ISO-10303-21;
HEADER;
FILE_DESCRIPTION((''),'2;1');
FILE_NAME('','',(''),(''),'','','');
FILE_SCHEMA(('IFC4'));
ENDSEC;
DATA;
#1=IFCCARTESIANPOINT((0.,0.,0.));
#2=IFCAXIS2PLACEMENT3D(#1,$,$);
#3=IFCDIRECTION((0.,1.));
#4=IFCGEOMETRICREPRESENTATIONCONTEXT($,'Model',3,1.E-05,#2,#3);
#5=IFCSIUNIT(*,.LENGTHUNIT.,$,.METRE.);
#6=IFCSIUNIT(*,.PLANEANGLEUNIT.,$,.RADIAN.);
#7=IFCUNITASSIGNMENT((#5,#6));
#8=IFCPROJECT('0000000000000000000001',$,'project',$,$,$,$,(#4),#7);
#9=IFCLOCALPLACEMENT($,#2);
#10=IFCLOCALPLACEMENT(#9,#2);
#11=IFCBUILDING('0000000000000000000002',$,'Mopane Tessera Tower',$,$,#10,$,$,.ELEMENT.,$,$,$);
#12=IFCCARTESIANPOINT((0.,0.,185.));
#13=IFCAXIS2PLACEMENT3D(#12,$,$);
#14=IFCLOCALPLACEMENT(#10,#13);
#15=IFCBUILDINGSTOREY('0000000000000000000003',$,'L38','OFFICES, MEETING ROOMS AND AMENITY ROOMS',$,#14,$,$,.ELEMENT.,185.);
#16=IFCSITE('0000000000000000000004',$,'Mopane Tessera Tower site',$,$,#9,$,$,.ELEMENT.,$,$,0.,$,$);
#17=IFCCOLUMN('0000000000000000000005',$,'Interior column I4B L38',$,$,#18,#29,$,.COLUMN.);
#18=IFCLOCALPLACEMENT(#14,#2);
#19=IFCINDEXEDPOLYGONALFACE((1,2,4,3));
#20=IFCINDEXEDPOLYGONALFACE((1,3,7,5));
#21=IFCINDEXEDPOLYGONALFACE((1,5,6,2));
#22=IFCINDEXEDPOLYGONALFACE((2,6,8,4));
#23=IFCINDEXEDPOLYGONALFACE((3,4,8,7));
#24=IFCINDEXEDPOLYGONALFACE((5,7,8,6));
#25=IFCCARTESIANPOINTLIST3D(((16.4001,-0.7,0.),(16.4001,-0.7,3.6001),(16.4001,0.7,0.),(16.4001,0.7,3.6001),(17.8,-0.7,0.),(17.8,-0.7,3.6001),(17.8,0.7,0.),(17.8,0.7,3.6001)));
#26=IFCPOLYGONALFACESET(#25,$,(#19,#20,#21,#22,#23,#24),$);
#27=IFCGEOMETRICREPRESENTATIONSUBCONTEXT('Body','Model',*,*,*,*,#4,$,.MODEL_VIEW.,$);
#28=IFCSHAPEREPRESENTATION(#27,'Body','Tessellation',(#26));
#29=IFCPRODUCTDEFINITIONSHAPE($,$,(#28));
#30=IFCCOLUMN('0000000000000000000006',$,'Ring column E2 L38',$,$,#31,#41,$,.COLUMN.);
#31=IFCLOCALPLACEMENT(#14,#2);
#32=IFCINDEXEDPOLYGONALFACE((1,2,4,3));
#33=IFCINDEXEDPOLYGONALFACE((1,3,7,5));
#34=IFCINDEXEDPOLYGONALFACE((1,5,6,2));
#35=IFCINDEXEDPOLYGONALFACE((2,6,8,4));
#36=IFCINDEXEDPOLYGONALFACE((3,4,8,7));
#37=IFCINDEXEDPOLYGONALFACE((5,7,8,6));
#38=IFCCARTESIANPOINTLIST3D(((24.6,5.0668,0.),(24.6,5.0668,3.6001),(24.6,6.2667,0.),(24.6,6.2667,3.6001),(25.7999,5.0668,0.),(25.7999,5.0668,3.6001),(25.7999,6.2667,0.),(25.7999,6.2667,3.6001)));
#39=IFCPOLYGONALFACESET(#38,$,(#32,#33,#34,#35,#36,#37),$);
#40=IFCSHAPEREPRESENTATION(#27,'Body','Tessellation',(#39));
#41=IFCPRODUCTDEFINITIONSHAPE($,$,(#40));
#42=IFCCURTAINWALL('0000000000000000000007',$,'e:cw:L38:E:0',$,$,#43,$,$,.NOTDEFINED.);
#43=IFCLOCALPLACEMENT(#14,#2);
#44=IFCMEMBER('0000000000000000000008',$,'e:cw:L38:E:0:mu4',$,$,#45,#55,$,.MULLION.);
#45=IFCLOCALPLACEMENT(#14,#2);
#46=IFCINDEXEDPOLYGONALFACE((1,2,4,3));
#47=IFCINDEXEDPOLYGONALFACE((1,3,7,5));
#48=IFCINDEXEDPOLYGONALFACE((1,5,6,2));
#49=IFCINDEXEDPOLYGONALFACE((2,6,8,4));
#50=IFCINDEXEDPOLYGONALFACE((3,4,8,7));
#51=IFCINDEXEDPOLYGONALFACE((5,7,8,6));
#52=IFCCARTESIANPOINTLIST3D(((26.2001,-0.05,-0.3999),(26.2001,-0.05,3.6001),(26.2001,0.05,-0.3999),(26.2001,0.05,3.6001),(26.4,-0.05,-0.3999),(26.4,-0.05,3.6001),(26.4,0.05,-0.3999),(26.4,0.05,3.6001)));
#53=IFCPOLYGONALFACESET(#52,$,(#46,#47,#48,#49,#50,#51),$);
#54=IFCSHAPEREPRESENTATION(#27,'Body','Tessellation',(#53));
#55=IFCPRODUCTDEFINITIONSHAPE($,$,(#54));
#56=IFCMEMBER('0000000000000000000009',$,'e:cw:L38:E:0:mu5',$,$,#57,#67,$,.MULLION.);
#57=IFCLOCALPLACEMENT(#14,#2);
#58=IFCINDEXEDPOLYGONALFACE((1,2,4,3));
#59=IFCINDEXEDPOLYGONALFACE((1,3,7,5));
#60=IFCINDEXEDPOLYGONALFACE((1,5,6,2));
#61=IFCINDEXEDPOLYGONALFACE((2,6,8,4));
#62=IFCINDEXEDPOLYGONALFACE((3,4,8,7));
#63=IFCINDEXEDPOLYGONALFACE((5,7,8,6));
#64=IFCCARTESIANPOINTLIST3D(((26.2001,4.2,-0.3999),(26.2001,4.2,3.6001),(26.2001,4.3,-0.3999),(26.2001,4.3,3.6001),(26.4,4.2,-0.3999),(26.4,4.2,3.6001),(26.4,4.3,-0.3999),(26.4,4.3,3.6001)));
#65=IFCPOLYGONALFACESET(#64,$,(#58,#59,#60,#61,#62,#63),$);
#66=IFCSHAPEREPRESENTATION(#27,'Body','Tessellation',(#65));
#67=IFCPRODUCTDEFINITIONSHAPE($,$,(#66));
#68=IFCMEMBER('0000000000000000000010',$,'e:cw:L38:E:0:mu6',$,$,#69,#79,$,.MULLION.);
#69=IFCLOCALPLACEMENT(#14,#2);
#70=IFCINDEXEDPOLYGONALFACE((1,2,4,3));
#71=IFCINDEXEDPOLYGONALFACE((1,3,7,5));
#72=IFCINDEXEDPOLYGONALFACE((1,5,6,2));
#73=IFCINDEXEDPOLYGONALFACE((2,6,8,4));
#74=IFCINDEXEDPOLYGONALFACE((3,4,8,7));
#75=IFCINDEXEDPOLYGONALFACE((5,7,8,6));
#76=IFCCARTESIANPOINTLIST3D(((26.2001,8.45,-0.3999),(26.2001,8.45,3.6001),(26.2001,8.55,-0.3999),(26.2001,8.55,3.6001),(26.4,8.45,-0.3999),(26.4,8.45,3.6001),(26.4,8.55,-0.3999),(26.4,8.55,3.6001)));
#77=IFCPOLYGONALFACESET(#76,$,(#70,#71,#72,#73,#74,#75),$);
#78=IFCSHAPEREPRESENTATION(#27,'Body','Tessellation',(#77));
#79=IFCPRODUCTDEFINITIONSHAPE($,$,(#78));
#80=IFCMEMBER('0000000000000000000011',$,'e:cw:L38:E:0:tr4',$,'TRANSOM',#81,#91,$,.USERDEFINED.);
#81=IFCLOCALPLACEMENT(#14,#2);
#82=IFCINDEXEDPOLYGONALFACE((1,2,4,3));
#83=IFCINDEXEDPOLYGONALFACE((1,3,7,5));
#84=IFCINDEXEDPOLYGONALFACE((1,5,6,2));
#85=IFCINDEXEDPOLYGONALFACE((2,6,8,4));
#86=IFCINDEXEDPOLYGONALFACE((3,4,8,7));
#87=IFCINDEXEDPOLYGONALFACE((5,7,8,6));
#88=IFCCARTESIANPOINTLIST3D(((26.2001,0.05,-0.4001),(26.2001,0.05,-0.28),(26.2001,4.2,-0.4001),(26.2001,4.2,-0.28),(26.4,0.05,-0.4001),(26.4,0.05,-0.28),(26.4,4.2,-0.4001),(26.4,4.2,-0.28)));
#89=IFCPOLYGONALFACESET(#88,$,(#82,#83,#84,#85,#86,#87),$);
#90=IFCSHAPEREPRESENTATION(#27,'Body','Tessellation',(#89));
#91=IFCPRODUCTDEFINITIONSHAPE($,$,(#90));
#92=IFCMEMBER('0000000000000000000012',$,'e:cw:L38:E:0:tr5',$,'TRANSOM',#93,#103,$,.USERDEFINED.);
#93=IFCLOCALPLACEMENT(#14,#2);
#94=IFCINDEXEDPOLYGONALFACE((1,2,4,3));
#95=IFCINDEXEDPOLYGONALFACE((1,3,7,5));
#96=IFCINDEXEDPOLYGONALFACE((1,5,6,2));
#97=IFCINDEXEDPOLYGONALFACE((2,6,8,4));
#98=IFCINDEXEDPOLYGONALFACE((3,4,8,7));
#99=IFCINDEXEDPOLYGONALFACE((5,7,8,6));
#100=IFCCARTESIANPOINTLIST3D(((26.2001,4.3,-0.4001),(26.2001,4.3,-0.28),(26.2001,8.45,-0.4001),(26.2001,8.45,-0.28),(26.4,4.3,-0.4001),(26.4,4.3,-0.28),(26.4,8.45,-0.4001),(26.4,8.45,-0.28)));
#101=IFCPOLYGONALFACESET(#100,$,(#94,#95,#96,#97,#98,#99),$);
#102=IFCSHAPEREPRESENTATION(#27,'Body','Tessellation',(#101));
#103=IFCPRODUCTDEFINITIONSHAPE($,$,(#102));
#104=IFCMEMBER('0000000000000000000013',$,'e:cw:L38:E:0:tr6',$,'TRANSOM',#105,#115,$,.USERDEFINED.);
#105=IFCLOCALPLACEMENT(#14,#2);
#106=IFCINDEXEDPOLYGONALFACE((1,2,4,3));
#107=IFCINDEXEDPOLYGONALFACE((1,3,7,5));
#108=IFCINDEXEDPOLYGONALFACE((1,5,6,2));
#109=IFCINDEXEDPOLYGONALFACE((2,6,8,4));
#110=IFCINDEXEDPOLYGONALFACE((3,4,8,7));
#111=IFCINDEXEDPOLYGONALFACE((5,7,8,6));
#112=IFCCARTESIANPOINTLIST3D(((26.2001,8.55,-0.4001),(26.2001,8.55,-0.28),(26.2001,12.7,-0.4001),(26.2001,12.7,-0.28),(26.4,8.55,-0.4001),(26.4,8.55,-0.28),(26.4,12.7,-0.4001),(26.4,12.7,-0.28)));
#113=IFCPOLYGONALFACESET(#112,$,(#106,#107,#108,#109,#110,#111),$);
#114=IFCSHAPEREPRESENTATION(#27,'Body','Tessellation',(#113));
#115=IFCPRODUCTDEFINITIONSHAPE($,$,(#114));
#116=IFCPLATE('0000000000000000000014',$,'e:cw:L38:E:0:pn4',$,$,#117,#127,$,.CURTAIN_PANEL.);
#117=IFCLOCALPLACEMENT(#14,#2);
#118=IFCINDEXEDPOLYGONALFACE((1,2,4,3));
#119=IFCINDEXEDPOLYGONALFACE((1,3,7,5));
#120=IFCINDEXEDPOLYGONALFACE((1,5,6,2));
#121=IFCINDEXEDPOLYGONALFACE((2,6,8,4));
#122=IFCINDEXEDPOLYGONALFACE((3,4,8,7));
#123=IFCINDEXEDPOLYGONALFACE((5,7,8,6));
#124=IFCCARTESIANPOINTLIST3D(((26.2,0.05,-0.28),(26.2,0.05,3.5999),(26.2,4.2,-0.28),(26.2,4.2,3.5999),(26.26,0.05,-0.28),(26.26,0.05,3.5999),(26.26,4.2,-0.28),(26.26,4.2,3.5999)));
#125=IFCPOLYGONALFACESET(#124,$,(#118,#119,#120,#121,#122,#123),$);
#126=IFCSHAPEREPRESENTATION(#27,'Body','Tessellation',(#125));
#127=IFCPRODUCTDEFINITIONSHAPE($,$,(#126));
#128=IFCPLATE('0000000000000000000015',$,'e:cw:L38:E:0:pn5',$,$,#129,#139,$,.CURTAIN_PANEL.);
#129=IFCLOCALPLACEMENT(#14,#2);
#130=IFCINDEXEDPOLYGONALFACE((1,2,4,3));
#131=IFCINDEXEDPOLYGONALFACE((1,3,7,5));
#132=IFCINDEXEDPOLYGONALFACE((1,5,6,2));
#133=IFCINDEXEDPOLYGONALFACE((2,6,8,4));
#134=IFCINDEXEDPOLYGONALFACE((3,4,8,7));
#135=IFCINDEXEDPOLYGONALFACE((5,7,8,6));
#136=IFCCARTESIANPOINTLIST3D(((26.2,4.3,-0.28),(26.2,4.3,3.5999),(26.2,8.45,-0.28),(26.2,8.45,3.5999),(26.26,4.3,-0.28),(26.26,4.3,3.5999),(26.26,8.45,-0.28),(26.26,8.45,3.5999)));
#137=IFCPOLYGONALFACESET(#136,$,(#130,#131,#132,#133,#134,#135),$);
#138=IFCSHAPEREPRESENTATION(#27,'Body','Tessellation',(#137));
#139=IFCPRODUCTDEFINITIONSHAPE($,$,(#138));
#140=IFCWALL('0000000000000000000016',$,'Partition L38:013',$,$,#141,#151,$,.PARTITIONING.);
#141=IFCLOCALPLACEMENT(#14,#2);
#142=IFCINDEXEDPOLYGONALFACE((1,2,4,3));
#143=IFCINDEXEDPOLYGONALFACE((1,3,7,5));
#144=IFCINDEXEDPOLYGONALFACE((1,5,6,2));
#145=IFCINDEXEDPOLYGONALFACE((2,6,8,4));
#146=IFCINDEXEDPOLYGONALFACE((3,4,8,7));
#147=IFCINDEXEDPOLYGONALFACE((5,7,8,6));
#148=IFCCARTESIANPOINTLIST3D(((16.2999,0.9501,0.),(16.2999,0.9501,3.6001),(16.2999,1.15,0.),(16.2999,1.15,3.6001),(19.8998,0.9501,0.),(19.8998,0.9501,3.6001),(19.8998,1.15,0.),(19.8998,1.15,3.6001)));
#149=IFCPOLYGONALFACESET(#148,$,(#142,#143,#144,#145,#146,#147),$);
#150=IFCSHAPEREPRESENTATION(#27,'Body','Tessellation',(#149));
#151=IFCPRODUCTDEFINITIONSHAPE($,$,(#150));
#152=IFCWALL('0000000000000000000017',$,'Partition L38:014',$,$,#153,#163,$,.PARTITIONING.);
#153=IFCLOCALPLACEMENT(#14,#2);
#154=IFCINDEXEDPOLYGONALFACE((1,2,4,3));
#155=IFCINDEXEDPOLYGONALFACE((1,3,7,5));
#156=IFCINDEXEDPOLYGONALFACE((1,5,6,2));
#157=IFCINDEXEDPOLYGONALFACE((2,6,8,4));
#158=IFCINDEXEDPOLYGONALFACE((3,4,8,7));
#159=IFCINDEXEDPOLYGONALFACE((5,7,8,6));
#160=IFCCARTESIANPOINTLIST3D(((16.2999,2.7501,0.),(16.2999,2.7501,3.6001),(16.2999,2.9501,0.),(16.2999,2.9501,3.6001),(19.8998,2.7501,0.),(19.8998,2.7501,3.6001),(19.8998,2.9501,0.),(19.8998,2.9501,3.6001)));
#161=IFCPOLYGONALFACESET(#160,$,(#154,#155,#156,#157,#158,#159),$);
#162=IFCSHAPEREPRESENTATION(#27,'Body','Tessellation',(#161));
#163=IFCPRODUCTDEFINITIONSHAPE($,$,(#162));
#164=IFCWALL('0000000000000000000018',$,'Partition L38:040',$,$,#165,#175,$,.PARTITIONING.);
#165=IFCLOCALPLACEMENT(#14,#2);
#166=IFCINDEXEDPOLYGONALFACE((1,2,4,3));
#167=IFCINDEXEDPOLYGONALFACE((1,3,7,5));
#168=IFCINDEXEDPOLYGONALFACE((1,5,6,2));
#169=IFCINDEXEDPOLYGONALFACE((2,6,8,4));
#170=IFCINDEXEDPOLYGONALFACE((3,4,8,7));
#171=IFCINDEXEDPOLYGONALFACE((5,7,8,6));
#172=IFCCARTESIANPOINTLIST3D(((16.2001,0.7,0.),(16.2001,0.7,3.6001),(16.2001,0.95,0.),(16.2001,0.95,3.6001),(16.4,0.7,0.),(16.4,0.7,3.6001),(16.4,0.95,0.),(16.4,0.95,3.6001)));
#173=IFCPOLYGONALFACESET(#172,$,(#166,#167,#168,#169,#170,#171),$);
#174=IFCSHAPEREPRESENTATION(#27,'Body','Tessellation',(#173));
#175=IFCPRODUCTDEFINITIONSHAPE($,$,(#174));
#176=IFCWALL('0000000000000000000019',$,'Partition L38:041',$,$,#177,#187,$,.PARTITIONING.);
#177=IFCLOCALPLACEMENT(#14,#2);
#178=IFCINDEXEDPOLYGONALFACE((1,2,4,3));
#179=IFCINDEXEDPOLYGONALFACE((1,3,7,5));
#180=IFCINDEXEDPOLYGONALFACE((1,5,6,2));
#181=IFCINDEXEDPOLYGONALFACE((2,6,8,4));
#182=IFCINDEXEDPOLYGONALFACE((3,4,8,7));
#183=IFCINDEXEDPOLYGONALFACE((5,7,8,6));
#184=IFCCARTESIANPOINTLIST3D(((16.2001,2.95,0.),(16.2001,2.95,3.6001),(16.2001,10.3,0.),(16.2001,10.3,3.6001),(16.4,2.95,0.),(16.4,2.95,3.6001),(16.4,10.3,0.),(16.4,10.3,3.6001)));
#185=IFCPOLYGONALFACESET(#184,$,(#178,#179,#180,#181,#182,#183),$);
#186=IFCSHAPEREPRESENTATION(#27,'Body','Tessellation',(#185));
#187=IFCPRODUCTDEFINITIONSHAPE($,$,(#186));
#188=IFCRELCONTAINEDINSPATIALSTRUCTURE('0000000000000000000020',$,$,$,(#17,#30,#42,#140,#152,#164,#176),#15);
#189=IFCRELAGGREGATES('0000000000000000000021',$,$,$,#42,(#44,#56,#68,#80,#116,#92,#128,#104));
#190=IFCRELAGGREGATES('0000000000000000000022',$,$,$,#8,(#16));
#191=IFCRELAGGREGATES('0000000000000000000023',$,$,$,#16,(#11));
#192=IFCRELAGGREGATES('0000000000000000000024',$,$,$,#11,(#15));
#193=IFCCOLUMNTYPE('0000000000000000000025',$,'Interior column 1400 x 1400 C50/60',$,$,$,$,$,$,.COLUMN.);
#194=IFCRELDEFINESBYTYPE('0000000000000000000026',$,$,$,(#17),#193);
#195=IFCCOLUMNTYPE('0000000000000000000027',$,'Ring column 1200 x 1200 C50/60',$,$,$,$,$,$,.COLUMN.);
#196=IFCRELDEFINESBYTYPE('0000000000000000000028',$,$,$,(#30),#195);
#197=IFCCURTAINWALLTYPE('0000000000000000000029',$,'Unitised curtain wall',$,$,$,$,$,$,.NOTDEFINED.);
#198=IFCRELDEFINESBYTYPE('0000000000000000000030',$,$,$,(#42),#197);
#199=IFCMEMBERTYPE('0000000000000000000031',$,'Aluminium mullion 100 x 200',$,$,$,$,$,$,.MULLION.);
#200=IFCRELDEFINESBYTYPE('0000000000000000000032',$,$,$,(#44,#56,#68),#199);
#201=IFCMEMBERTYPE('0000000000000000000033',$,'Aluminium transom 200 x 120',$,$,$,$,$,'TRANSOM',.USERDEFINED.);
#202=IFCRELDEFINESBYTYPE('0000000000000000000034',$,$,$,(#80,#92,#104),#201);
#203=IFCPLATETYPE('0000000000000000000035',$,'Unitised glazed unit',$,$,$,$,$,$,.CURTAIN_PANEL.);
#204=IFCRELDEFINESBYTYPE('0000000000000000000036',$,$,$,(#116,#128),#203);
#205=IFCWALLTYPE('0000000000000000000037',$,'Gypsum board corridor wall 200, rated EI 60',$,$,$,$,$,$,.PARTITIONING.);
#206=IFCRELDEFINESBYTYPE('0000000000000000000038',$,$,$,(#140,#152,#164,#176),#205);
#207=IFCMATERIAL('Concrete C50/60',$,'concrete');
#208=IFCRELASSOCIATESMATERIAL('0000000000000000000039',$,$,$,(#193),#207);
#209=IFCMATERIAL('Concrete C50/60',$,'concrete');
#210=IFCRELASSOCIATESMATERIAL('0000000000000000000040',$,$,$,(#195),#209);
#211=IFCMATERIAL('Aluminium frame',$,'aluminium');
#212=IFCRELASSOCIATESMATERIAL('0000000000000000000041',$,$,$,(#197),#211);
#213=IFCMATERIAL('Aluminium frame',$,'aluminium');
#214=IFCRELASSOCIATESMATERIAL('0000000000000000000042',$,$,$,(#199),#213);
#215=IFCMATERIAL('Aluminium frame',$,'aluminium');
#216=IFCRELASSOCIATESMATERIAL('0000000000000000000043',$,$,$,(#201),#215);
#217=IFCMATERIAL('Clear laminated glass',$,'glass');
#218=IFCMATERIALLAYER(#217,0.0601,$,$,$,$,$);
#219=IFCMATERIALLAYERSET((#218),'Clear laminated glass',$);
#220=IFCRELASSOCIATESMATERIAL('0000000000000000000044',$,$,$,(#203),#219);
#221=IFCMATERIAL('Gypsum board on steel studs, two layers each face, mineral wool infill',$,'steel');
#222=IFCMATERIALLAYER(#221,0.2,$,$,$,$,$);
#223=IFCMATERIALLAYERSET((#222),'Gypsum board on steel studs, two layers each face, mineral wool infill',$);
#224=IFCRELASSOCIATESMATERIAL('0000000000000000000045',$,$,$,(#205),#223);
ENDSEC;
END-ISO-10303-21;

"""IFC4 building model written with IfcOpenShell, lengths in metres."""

from ifc_helpers import new_model, si_unit, direction, frame, frame_2d, origin, origin_2d, place, context, subcontext, project, spatial, rectangle, extrude, material, layer, layer_set, material_profile, profile_set, type_object, element, aggregate, save


model = new_model("IFC4")

# Units and contexts
model_context = context("Model", 3, precision=1e-05, world=origin(), true_north=direction((0.0, 1.0)))
body_context = subcontext(model_context, "Body", "Model", "MODEL_VIEW")
ifc_project = project(units=[si_unit("LENGTHUNIT", "METRE"), si_unit("PLANEANGLEUNIT", "RADIAN")], contexts=[model_context])

# Site, building, storey
site_placement = place(None, origin())
site = spatial("IfcSite", under=ifc_project, at=site_placement, Name="Mopane Tessera Tower site", CompositionType="ELEMENT", RefElevation=0.0)
building_placement = place(site_placement, origin())
building = spatial("IfcBuilding", under=site, at=building_placement, Name="Mopane Tessera Tower", CompositionType="ELEMENT")
storey_placement = place(building_placement, frame((0.0, 0.0, 185.0)))
storey = spatial("IfcBuildingStorey", under=building, at=storey_placement, Name="L38", Description="OFFICES, MEETING ROOMS AND AMENITY ROOMS", CompositionType="ELEMENT", Elevation=185.0)

# Columns
ifc_material_1 = material(Name="Concrete C50/60", Category="concrete")
ifc_material_profile_1 = material_profile(ifc_material_1, rectangle(XDim=1.3999, YDim=1.3999, at=origin_2d()))
ifc_profile_set_1 = profile_set([ifc_material_profile_1], Name="Concrete C50/60")
column_type_1 = type_object("IfcColumnType", Name="Interior column 1400 x 1400 C50/60", PredefinedType="COLUMN", material=ifc_profile_set_1)
column_1_placement = place(storey_placement, frame((17.1001, 0.0, 0.0), z_axis=(0.0, 0.0, 1.0), x_axis=(1.0, 0.0, 0.0)))
element("IfcColumn", 1, at=column_1_placement, inside=storey, type_object=column_type_1, Name="Interior column I4B L38", PredefinedType="COLUMN", context=body_context, shape_type="SweptSolid", body=[
    extrude(rectangle(XDim=1.3999, YDim=1.3999, at=origin_2d()), origin(), (0.0, 0.0, 1.0), 3.6001),
])
ifc_material_2 = material(Name="Concrete C50/60", Category="concrete")
ifc_material_profile_2 = material_profile(ifc_material_2, rectangle(XDim=1.2, YDim=1.2, at=origin_2d()))
ifc_profile_set_2 = profile_set([ifc_material_profile_2], Name="Concrete C50/60")
column_type_2 = type_object("IfcColumnType", Name="Ring column 1200 x 1200 C50/60", PredefinedType="COLUMN", material=ifc_profile_set_2)
column_2_placement = place(storey_placement, frame((25.2, 5.6667, 0.0), z_axis=(0.0, 0.0, 1.0), x_axis=(1.0, 0.0, 0.0)))
element("IfcColumn", 2, at=column_2_placement, inside=storey, type_object=column_type_2, Name="Ring column E2 L38", PredefinedType="COLUMN", context=body_context, shape_type="SweptSolid", body=[
    extrude(rectangle(XDim=1.2, YDim=1.2, at=origin_2d()), origin(), (0.0, 0.0, 1.0), 3.6001),
])

# Curtain wall, members, plates
ifc_material_3 = material(Name="Aluminium frame", Category="aluminium")
curtain_wall_type = type_object("IfcCurtainWallType", Name="Unitised curtain wall", PredefinedType="NOTDEFINED", material=ifc_material_3)
curtain_wall_placement = place(storey_placement, origin())
curtain_wall = element("IfcCurtainWall", 3, at=curtain_wall_placement, inside=storey, type_object=curtain_wall_type, Name="e:cw:L38:E:0", PredefinedType="NOTDEFINED")
ifc_material_4 = material(Name="Aluminium frame", Category="aluminium")
ifc_material_profile_3 = material_profile(ifc_material_4, rectangle(XDim=0.1001, YDim=0.2, at=origin_2d()))
ifc_profile_set_3 = profile_set([ifc_material_profile_3], Name="Aluminium frame")
member_type_1 = type_object("IfcMemberType", Name="Aluminium mullion 100 x 200", PredefinedType="MULLION", material=ifc_profile_set_3)
member_1_placement = place(storey_placement, frame((26.3, 0.0, -0.3999), z_axis=(0.0, 0.0, 1.0), x_axis=(0.0, 1.0, 0.0)))
member_1 = element("IfcMember", 4, at=member_1_placement, type_object=member_type_1, Name="e:cw:L38:E:0:mu4", PredefinedType="MULLION", context=body_context, shape_type="SweptSolid", body=[
    extrude(rectangle(XDim=0.1001, YDim=0.2, at=origin_2d()), origin(), (0.0, 0.0, 1.0), 4.0),
])
member_2_placement = place(storey_placement, frame((26.3, 4.25, -0.3999), z_axis=(0.0, 0.0, 1.0), x_axis=(0.0, 1.0, 0.0)))
member_2 = element("IfcMember", 5, at=member_2_placement, type_object=member_type_1, Name="e:cw:L38:E:0:mu5", PredefinedType="MULLION", context=body_context, shape_type="SweptSolid", body=[
    extrude(rectangle(XDim=0.1001, YDim=0.2, at=origin_2d()), origin(), (0.0, 0.0, 1.0), 4.0),
])
member_3_placement = place(storey_placement, frame((26.3, 8.5, -0.3999), z_axis=(0.0, 0.0, 1.0), x_axis=(0.0, 1.0, 0.0)))
member_3 = element("IfcMember", 6, at=member_3_placement, type_object=member_type_1, Name="e:cw:L38:E:0:mu6", PredefinedType="MULLION", context=body_context, shape_type="SweptSolid", body=[
    extrude(rectangle(XDim=0.1001, YDim=0.2, at=origin_2d()), origin(), (0.0, 0.0, 1.0), 4.0),
])
ifc_material_5 = material(Name="Aluminium frame", Category="aluminium")
ifc_material_profile_4 = material_profile(ifc_material_5, rectangle(XDim=0.2, YDim=0.1201, at=origin_2d()))
ifc_profile_set_4 = profile_set([ifc_material_profile_4], Name="Aluminium frame")
member_type_2 = type_object("IfcMemberType", Name="Aluminium transom 200 x 120", ElementType="TRANSOM", PredefinedType="USERDEFINED", material=ifc_profile_set_4)
member_4_placement = place(storey_placement, frame((26.3, 0.05, -0.3401), z_axis=(0.0, 1.0, 0.0), x_axis=(-1.0, 0.0, 0.0)))
member_4 = element("IfcMember", 7, at=member_4_placement, type_object=member_type_2, Name="e:cw:L38:E:0:tr4", ObjectType="TRANSOM", PredefinedType="USERDEFINED", context=body_context, shape_type="SweptSolid", body=[
    extrude(rectangle(XDim=0.2, YDim=0.1201, at=origin_2d()), origin(), (0.0, 0.0, 1.0), 4.1499),
])
member_5_placement = place(storey_placement, frame((26.3, 4.3, -0.3401), z_axis=(0.0, 1.0, 0.0), x_axis=(-1.0, 0.0, 0.0)))
member_5 = element("IfcMember", 8, at=member_5_placement, type_object=member_type_2, Name="e:cw:L38:E:0:tr5", ObjectType="TRANSOM", PredefinedType="USERDEFINED", context=body_context, shape_type="SweptSolid", body=[
    extrude(rectangle(XDim=0.2, YDim=0.1201, at=origin_2d()), origin(), (0.0, 0.0, 1.0), 4.1499),
])
member_6_placement = place(storey_placement, frame((26.3, 8.55, -0.3401), z_axis=(0.0, 1.0, 0.0), x_axis=(-1.0, 0.0, 0.0)))
member_6 = element("IfcMember", 9, at=member_6_placement, type_object=member_type_2, Name="e:cw:L38:E:0:tr6", ObjectType="TRANSOM", PredefinedType="USERDEFINED", context=body_context, shape_type="SweptSolid", body=[
    extrude(rectangle(XDim=0.2, YDim=0.1201, at=origin_2d()), origin(), (0.0, 0.0, 1.0), 4.1499),
])
ifc_material_6 = material(Name="Clear laminated glass", Category="glass")
ifc_layer_1 = layer(ifc_material_6, 0.0601)
ifc_layer_set_1 = layer_set([ifc_layer_1], Name="Clear laminated glass")
plate_type = type_object("IfcPlateType", Name="Unitised glazed unit", PredefinedType="CURTAIN_PANEL", material=ifc_layer_set_1)
plate_1_placement = place(storey_placement, frame((26.23, 2.125, -0.28), z_axis=(0.0, 0.0, 1.0), x_axis=(0.0, 1.0, 0.0)))
plate_1 = element("IfcPlate", 10, at=plate_1_placement, type_object=plate_type, Name="e:cw:L38:E:0:pn4", PredefinedType="CURTAIN_PANEL", context=body_context, shape_type="SweptSolid", body=[
    extrude(rectangle(XDim=4.1499, YDim=0.0601, at=origin_2d()), origin(), (0.0, 0.0, 1.0), 3.8799),
])
plate_2_placement = place(storey_placement, frame((26.23, 6.375, -0.28), z_axis=(0.0, 0.0, 1.0), x_axis=(0.0, 1.0, 0.0)))
plate_2 = element("IfcPlate", 11, at=plate_2_placement, type_object=plate_type, Name="e:cw:L38:E:0:pn5", PredefinedType="CURTAIN_PANEL", context=body_context, shape_type="SweptSolid", body=[
    extrude(rectangle(XDim=4.1499, YDim=0.0601, at=origin_2d()), origin(), (0.0, 0.0, 1.0), 3.8799),
])
aggregate(curtain_wall, [member_1, member_2, member_3, member_4, plate_1, member_5, plate_2, member_6])

# Walls
ifc_material_7 = material(Name="Gypsum board on steel studs, two layers each face, mineral wool infill", Category="steel")
ifc_layer_2 = layer(ifc_material_7, 0.2)
ifc_layer_set_2 = layer_set([ifc_layer_2], Name="Gypsum board on steel studs, two layers each face, mineral wool infill")
wall_type_1 = type_object("IfcWallType", Name="Gypsum board corridor wall 200, rated EI 60", PredefinedType="PARTITIONING", material=ifc_layer_set_2)
for number, where, z_axis, x_axis, name in (
    (12, (16.3, 1.05, 0.0), (0.0, 0.0, 1.0), (1.0, 0.0, 0.0), "Partition L38:013"),
    (13, (16.3, 2.8501, 0.0), (0.0, 0.0, 1.0), (1.0, 0.0, 0.0), "Partition L38:014"),
):
    element("IfcWall", number, at=place(storey_placement, frame(where, z_axis=z_axis, x_axis=x_axis)), inside=storey, type_object=wall_type_1, Name=name, PredefinedType="PARTITIONING", context=body_context, shape_type="SweptSolid", body=[
        extrude(rectangle(XDim=3.5999, YDim=0.2, at=frame_2d((1.7998, 0.0))), origin(), (0.0, 0.0, 1.0), 3.6001),
    ])
wall_1_placement = place(storey_placement, frame((16.3, 0.7, 0.0), z_axis=(0.0, 0.0, 1.0), x_axis=(0.0, 1.0, 0.0)))
element("IfcWall", 14, at=wall_1_placement, inside=storey, type_object=wall_type_1, Name="Partition L38:040", PredefinedType="PARTITIONING", context=body_context, shape_type="SweptSolid", body=[
    extrude(rectangle(XDim=0.25, YDim=0.2, at=frame_2d((0.125, 0.0))), origin(), (0.0, 0.0, 1.0), 3.6001),
])
wall_2_placement = place(storey_placement, frame((16.3, 2.95, 0.0), z_axis=(0.0, 0.0, 1.0), x_axis=(0.0, 1.0, 0.0)))
element("IfcWall", 15, at=wall_2_placement, inside=storey, type_object=wall_type_1, Name="Partition L38:041", PredefinedType="PARTITIONING", context=body_context, shape_type="SweptSolid", body=[
    extrude(rectangle(XDim=7.3501, YDim=0.2, at=frame_2d((3.675, 0.0))), origin(), (0.0, 0.0, 1.0), 3.6001),
])

save(model, "model.ifc")
